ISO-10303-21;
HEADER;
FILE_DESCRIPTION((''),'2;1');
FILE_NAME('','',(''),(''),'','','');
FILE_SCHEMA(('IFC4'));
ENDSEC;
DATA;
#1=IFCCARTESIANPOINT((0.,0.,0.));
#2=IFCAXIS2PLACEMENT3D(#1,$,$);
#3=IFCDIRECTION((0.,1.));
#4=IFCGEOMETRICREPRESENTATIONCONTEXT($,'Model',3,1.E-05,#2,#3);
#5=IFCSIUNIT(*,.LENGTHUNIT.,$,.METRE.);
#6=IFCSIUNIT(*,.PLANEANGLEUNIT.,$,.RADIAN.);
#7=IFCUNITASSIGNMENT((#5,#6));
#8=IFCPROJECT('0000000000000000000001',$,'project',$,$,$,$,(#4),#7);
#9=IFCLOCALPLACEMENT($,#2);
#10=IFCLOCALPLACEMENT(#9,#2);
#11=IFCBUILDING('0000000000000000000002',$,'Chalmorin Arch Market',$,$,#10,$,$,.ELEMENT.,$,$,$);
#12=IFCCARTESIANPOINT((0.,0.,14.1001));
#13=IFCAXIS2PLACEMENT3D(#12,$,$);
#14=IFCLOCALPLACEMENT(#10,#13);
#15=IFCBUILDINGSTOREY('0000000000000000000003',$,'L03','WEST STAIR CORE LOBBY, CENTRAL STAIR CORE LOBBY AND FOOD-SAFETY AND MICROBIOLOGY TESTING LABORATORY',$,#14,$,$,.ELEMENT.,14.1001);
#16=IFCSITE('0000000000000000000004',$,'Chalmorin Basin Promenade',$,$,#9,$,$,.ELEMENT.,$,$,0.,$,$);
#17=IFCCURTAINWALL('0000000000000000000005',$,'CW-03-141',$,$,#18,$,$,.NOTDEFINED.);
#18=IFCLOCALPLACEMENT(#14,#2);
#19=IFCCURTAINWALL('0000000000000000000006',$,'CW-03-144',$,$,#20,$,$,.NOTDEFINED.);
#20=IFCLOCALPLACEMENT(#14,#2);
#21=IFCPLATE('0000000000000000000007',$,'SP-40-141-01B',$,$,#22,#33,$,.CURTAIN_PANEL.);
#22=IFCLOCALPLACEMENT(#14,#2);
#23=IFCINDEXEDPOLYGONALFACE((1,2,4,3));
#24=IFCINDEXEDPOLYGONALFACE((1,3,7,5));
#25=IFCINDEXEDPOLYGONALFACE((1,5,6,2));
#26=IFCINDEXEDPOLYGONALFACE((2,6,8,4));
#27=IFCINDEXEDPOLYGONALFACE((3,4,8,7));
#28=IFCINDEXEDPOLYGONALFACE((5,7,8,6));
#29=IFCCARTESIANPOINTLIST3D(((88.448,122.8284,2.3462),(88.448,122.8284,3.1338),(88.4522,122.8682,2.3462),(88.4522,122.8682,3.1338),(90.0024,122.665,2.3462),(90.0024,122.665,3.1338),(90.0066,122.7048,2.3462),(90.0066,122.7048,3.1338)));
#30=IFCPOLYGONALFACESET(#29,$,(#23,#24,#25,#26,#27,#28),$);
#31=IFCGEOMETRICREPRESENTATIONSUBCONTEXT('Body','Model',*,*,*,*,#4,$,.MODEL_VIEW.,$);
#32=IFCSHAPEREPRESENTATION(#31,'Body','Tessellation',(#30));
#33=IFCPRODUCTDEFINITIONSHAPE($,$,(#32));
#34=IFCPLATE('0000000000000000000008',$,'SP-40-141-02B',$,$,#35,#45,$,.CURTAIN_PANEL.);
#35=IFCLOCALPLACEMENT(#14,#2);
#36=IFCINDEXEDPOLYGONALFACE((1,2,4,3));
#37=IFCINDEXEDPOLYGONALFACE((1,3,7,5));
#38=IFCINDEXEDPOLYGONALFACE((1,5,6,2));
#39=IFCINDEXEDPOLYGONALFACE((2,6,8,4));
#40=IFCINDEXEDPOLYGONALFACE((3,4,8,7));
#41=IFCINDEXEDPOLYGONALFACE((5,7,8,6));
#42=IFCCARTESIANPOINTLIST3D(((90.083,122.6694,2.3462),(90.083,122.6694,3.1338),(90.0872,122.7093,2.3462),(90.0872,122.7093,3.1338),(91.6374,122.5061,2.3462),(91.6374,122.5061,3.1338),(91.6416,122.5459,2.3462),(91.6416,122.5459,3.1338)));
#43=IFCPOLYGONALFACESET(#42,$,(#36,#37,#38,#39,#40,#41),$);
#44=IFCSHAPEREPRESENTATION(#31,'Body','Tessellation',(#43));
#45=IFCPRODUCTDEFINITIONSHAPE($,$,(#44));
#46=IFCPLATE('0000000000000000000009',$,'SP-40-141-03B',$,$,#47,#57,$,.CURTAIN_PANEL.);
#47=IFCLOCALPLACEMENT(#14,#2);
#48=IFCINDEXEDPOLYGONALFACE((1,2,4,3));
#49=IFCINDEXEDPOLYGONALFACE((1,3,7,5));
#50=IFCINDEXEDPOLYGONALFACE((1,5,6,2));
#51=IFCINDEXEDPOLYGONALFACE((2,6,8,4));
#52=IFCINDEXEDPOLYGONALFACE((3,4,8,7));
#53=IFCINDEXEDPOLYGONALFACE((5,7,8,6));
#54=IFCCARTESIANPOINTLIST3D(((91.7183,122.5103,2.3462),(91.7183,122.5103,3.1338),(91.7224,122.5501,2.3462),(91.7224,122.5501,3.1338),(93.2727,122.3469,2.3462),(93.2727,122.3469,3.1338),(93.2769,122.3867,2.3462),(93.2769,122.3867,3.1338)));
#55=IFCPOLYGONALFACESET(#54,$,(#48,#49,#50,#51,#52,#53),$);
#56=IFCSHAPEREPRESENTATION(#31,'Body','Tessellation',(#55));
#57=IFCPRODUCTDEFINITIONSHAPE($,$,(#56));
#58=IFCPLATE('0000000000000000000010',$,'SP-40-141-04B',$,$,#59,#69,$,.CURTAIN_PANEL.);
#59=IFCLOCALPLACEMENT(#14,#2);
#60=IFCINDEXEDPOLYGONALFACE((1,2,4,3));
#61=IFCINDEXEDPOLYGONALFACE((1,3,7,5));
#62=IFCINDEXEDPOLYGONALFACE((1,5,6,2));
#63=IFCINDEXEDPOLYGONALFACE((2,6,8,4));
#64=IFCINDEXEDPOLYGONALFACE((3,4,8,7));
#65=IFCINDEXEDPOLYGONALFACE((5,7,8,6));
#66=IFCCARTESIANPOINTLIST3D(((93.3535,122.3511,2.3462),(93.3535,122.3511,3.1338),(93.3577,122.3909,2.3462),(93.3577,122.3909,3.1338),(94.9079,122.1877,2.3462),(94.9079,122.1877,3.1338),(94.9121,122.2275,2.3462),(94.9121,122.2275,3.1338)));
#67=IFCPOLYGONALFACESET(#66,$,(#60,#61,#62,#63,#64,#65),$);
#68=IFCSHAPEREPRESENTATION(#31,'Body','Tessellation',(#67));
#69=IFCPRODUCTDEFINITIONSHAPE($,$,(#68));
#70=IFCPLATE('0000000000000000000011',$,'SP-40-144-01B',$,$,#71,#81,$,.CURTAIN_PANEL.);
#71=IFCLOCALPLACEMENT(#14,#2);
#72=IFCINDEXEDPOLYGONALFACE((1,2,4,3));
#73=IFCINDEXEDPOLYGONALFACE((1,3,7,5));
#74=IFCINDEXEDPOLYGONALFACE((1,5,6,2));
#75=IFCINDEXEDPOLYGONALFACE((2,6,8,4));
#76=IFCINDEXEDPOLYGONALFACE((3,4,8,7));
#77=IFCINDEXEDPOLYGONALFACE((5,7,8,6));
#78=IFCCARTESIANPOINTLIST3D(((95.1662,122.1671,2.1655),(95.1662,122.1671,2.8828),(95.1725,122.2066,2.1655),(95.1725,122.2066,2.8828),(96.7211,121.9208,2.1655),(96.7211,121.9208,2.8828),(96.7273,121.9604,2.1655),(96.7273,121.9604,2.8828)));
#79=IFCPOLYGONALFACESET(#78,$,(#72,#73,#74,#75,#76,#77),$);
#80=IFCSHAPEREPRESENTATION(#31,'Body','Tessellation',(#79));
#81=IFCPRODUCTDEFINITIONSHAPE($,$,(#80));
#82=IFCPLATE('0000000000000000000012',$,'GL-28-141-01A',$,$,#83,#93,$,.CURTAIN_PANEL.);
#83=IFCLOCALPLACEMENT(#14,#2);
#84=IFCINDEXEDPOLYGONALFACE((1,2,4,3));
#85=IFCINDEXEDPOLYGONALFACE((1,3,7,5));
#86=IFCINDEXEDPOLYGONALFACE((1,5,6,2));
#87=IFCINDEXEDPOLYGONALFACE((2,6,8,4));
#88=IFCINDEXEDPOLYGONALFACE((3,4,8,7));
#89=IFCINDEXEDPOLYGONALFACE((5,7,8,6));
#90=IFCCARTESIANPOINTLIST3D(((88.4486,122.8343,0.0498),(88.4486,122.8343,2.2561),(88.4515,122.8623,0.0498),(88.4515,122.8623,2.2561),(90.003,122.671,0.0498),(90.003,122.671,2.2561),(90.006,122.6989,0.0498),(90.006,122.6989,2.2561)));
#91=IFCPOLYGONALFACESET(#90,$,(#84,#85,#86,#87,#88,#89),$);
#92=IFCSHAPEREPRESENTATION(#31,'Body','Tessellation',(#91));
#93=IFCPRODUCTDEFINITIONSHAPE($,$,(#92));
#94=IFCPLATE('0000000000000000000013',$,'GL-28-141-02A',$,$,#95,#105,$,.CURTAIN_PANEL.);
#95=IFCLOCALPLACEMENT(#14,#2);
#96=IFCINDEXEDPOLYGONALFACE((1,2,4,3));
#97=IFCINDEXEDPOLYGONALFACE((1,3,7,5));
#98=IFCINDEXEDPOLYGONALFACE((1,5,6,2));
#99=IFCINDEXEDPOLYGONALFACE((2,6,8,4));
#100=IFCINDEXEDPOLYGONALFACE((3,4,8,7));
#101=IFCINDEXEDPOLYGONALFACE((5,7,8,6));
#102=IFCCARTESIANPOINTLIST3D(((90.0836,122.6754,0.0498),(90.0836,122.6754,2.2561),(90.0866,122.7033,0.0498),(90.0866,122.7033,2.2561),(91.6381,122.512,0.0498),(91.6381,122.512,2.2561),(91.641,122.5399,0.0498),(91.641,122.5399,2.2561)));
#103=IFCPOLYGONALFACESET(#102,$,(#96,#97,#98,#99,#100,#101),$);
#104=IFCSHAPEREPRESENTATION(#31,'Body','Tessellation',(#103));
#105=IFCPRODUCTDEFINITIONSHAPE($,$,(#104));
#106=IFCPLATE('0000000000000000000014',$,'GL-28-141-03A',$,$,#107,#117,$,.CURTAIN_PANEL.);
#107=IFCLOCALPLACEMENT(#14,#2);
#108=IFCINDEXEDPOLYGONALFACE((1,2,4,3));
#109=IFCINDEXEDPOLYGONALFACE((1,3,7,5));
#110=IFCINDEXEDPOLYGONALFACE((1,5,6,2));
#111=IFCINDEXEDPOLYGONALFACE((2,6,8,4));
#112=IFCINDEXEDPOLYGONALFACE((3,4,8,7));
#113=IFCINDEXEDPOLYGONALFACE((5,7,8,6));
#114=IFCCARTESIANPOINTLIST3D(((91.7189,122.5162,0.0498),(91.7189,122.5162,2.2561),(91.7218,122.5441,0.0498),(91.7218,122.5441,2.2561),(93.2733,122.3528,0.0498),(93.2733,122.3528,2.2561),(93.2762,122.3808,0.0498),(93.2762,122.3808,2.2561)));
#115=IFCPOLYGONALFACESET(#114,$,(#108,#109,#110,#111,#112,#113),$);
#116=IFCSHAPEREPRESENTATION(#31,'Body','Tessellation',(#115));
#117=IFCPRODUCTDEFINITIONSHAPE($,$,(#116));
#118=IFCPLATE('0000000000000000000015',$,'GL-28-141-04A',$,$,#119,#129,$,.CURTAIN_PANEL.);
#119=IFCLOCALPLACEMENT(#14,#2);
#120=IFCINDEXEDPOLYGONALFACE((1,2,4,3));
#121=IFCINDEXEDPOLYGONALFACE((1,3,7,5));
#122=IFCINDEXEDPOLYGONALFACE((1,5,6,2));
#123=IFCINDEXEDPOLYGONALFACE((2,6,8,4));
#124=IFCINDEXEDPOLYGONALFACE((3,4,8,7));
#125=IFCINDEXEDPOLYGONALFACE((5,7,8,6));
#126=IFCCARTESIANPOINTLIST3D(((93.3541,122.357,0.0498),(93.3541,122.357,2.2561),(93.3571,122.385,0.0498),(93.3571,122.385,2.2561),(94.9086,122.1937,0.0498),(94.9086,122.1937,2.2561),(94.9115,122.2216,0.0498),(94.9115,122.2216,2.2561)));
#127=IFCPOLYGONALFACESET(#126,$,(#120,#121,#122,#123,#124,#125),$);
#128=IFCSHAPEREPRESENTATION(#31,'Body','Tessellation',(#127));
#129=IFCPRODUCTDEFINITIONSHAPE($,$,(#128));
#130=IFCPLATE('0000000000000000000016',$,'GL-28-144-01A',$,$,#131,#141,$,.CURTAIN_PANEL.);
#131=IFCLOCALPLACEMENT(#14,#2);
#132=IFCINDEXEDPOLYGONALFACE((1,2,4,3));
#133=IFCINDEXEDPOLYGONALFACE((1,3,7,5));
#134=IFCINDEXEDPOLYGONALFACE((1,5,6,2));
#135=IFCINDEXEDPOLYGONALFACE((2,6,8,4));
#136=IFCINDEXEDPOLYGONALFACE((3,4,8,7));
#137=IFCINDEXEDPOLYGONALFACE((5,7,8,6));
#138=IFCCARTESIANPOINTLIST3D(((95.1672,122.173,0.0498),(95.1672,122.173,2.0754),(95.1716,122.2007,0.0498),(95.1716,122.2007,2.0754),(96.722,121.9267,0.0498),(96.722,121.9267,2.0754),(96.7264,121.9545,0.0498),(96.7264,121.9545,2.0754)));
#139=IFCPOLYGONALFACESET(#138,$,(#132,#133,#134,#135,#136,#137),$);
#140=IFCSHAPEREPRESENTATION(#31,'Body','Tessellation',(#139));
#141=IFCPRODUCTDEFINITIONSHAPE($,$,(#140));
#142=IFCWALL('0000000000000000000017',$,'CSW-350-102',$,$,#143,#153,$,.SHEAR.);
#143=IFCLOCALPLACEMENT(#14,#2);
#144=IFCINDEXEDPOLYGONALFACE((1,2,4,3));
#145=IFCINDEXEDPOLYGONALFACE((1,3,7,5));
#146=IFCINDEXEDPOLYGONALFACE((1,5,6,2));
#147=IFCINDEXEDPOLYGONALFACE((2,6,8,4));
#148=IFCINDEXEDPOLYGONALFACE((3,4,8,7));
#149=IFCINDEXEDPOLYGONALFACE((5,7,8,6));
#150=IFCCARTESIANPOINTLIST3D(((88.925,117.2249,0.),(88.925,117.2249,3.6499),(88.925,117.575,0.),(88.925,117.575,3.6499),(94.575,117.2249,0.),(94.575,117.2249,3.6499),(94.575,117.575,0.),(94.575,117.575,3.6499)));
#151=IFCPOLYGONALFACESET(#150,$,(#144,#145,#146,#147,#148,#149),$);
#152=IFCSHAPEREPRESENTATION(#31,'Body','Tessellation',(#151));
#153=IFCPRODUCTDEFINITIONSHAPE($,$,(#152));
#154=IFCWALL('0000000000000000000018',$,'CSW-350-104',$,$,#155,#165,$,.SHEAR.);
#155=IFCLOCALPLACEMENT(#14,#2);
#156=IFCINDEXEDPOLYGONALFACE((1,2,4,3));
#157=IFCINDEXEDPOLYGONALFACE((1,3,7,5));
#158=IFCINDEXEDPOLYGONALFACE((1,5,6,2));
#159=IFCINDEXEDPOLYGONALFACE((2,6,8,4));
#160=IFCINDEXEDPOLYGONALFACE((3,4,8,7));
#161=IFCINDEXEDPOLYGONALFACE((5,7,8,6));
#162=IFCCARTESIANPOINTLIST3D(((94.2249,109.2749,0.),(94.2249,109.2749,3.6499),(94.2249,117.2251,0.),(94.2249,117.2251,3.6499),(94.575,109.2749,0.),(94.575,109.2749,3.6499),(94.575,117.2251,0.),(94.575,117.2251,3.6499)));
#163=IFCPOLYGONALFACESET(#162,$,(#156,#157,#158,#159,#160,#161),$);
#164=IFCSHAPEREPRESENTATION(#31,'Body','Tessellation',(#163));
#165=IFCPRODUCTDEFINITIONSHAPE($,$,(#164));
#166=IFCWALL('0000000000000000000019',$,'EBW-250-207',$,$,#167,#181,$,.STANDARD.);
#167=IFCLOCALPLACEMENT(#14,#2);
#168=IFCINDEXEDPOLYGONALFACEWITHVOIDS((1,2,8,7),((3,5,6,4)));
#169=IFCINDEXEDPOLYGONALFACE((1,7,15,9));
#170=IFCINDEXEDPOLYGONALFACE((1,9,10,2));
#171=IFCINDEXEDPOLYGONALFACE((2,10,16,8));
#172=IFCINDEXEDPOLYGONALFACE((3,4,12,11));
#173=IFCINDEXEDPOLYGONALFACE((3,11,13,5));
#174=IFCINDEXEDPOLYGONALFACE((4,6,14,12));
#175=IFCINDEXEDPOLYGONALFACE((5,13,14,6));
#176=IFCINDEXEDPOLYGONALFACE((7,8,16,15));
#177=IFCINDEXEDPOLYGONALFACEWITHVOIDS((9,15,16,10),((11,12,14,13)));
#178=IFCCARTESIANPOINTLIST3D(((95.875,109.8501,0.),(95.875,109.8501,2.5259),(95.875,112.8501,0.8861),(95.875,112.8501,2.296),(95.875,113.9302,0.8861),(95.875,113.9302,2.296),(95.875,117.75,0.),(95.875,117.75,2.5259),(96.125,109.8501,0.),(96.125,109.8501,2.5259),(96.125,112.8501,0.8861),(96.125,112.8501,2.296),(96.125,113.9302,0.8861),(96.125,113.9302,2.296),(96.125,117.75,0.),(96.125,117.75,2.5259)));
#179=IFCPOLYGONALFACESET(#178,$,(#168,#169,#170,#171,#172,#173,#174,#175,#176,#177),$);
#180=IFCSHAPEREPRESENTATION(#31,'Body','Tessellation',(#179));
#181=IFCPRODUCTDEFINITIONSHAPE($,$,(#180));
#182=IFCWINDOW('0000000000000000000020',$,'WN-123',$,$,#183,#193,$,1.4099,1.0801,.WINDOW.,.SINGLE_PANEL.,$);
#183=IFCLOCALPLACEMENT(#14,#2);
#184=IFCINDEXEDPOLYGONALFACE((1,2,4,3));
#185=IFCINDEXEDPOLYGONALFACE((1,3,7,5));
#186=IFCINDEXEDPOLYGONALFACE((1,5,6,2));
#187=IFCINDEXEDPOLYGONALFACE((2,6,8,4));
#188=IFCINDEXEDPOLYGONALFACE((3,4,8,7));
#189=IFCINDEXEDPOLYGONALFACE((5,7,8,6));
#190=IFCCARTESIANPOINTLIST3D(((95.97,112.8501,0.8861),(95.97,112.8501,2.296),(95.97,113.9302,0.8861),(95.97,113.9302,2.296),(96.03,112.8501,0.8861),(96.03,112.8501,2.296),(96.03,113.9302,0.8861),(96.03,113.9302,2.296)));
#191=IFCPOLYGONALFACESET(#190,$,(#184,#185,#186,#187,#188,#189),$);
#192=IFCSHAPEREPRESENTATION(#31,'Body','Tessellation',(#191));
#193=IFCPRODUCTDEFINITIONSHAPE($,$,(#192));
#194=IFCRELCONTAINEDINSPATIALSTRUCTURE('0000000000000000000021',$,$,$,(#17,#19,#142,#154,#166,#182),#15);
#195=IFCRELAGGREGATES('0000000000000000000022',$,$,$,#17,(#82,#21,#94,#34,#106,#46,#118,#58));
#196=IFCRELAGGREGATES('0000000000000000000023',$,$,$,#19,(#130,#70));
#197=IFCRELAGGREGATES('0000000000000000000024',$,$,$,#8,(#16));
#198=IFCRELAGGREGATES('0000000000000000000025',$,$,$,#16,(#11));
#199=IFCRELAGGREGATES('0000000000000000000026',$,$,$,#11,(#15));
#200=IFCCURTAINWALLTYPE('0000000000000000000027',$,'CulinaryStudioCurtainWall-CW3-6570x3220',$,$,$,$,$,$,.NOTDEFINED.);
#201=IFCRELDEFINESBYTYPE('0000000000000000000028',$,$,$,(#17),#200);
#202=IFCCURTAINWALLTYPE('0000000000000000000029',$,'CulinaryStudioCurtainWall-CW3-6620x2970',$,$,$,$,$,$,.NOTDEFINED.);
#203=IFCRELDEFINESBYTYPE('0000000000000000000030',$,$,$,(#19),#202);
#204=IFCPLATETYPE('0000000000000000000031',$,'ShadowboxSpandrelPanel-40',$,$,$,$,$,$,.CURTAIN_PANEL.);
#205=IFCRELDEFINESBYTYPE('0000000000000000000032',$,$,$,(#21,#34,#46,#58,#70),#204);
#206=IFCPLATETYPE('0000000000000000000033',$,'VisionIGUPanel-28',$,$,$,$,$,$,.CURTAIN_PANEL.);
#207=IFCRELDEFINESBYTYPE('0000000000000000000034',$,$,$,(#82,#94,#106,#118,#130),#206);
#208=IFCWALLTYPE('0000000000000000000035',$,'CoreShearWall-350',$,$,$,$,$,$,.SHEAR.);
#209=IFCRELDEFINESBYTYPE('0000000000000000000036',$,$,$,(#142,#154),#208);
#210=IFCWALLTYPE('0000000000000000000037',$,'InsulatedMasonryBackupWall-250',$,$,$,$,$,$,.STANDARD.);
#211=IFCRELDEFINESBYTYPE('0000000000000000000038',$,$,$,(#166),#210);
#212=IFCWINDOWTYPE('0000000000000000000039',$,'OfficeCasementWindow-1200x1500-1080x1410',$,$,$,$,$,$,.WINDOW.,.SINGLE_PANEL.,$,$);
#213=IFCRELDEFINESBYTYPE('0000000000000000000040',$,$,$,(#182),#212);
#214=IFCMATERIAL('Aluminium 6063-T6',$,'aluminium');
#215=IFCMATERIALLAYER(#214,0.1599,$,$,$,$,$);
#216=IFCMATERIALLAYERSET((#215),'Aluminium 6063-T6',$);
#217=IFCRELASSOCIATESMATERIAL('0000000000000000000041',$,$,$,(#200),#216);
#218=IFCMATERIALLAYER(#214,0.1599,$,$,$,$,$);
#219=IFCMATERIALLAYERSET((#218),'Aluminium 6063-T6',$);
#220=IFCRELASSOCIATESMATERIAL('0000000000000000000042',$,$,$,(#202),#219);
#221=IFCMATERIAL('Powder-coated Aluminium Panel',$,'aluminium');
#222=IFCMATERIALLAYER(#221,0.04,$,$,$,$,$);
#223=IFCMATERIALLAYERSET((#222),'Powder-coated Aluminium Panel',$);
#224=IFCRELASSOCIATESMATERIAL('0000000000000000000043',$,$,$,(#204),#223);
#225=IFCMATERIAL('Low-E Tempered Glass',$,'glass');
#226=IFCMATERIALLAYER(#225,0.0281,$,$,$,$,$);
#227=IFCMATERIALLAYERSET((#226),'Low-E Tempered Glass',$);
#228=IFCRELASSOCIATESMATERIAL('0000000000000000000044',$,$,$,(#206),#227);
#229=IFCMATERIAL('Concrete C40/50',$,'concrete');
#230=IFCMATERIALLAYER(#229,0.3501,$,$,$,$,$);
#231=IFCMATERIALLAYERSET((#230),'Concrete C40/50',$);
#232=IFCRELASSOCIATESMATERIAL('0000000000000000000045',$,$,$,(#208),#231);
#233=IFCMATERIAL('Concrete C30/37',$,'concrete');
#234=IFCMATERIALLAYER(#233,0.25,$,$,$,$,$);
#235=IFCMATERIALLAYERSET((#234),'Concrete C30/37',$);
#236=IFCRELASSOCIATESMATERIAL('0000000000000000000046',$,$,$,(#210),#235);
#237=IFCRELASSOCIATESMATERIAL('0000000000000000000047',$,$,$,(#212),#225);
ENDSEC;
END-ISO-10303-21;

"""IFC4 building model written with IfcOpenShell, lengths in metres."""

from ifc_helpers import new_model, si_unit, direction, frame, frame_2d, origin, origin_2d, place, context, subcontext, project, spatial, rectangle, extrude, material, layer, layer_set, type_object, element, fill, aggregate, save


model = new_model("IFC4")

# Units and contexts
model_context = context("Model", 3, precision=1e-05, world=origin(), true_north=direction((0.0, 1.0)))
body_context = subcontext(model_context, "Body", "Model", "MODEL_VIEW")
ifc_project = project(units=[si_unit("LENGTHUNIT", "METRE"), si_unit("PLANEANGLEUNIT", "RADIAN")], contexts=[model_context])

# Site, building, storey
site_placement = place(None, origin())
site = spatial("IfcSite", under=ifc_project, at=site_placement, Name="Chalmorin Basin Promenade", CompositionType="ELEMENT", RefElevation=0.0)
building_placement = place(site_placement, origin())
building = spatial("IfcBuilding", under=site, at=building_placement, Name="Chalmorin Arch Market", CompositionType="ELEMENT")
storey_placement = place(building_placement, frame((0.0, 0.0, 14.1001)))
storey = spatial("IfcBuildingStorey", under=building, at=storey_placement, Name="L03", Description="WEST STAIR CORE LOBBY, CENTRAL STAIR CORE LOBBY AND FOOD-SAFETY AND MICROBIOLOGY TESTING LABORATORY", CompositionType="ELEMENT", Elevation=14.1001)

# Shared definitions
ifc_material_1 = material(Name="Concrete C40/50", Category="concrete")

# Curtain walls
ifc_material_2 = material(Name="Aluminium 6063-T6", Category="aluminium")
ifc_layer_1 = layer(ifc_material_2, 0.1599)
ifc_layer_set_1 = layer_set([ifc_layer_1], Name="Aluminium 6063-T6")
curtain_wall_type_1 = type_object("IfcCurtainWallType", Name="CulinaryStudioCurtainWall-CW3-6570x3220", PredefinedType="NOTDEFINED", material=ifc_layer_set_1)
curtain_wall_1_placement = place(storey_placement, origin())
curtain_wall_1 = element("IfcCurtainWall", 1, at=curtain_wall_1_placement, inside=storey, type_object=curtain_wall_type_1, Name="CW-03-141", PredefinedType="NOTDEFINED")
ifc_layer_2 = layer(ifc_material_2, 0.1599)
ifc_layer_set_2 = layer_set([ifc_layer_2], Name="Aluminium 6063-T6")
curtain_wall_type_2 = type_object("IfcCurtainWallType", Name="CulinaryStudioCurtainWall-CW3-6620x2970", PredefinedType="NOTDEFINED", material=ifc_layer_set_2)
curtain_wall_2_placement = place(storey_placement, origin())
curtain_wall_2 = element("IfcCurtainWall", 2, at=curtain_wall_2_placement, inside=storey, type_object=curtain_wall_type_2, Name="CW-03-144", PredefinedType="NOTDEFINED")

# Plates
ifc_material_3 = material(Name="Powder-coated Aluminium Panel", Category="aluminium")
ifc_layer_3 = layer(ifc_material_3, 0.04)
ifc_layer_set_3 = layer_set([ifc_layer_3], Name="Powder-coated Aluminium Panel")
plate_type_1 = type_object("IfcPlateType", Name="ShadowboxSpandrelPanel-40", PredefinedType="CURTAIN_PANEL", material=ifc_layer_set_3)
plate_1_placement = place(storey_placement, frame((89.2273, 122.7666, 2.3462), z_axis=(0.0, 0.0, 1.0), x_axis=(0.994522, -0.104528, 0.0)))
plate_1 = element("IfcPlate", 3, at=plate_1_placement, type_object=plate_type_1, Name="SP-40-141-01B", PredefinedType="CURTAIN_PANEL", context=body_context, shape_type="SweptSolid", body=[
    extrude(rectangle(XDim=1.563, YDim=0.04, at=origin_2d()), origin(), (0.0, 0.0, 1.0), 0.7876),
])
plate_2_placement = place(storey_placement, frame((90.8623, 122.6077, 2.3462), z_axis=(0.0, 0.0, 1.0), x_axis=(0.994522, -0.104528, 0.0)))
plate_2 = element("IfcPlate", 4, at=plate_2_placement, type_object=plate_type_1, Name="SP-40-141-02B", PredefinedType="CURTAIN_PANEL", context=body_context, shape_type="SweptSolid", body=[
    extrude(rectangle(XDim=1.563, YDim=0.04, at=origin_2d()), origin(), (0.0, 0.0, 1.0), 0.7876),
])
plate_3_placement = place(storey_placement, frame((92.4976, 122.4485, 2.3462), z_axis=(0.0, 0.0, 1.0), x_axis=(0.994522, -0.104528, 0.0)))
plate_3 = element("IfcPlate", 5, at=plate_3_placement, type_object=plate_type_1, Name="SP-40-141-03B", PredefinedType="CURTAIN_PANEL", context=body_context, shape_type="SweptSolid", body=[
    extrude(rectangle(XDim=1.563, YDim=0.04, at=origin_2d()), origin(), (0.0, 0.0, 1.0), 0.7876),
])
plate_4_placement = place(storey_placement, frame((94.1328, 122.2893, 2.3462), z_axis=(0.0, 0.0, 1.0), x_axis=(0.994522, -0.104528, 0.0)))
plate_4 = element("IfcPlate", 6, at=plate_4_placement, type_object=plate_type_1, Name="SP-40-141-04B", PredefinedType="CURTAIN_PANEL", context=body_context, shape_type="SweptSolid", body=[
    extrude(rectangle(XDim=1.563, YDim=0.04, at=origin_2d()), origin(), (0.0, 0.0, 1.0), 0.7876),
])
plate_5_placement = place(storey_placement, frame((95.9468, 122.0637, 2.1655), z_axis=(0.0, 0.0, 1.0), x_axis=(0.987688, -0.156434, 0.0)))
plate_5 = element("IfcPlate", 7, at=plate_5_placement, type_object=plate_type_1, Name="SP-40-144-01B", PredefinedType="CURTAIN_PANEL", context=body_context, shape_type="SweptSolid", body=[
    extrude(rectangle(XDim=1.5742, YDim=0.04, at=origin_2d()), origin(), (0.0, 0.0, 1.0), 0.7173),
])
ifc_material_4 = material(Name="Low-E Tempered Glass", Category="glass")
ifc_layer_4 = layer(ifc_material_4, 0.0281)
ifc_layer_set_4 = layer_set([ifc_layer_4], Name="Low-E Tempered Glass")
plate_type_2 = type_object("IfcPlateType", Name="VisionIGUPanel-28", PredefinedType="CURTAIN_PANEL", material=ifc_layer_set_4)
plate_6_placement = place(storey_placement, frame((89.2273, 122.7666, 0.0498), z_axis=(0.0, 0.0, 1.0), x_axis=(0.994522, -0.104528, 0.0)))
plate_6 = element("IfcPlate", 8, at=plate_6_placement, type_object=plate_type_2, Name="GL-28-141-01A", PredefinedType="CURTAIN_PANEL", context=body_context, shape_type="SweptSolid", body=[
    extrude(rectangle(XDim=1.563, YDim=0.0281, at=origin_2d()), origin(), (0.0, 0.0, 1.0), 2.2063),
])
plate_7_placement = place(storey_placement, frame((90.8623, 122.6077, 0.0498), z_axis=(0.0, 0.0, 1.0), x_axis=(0.994522, -0.104528, 0.0)))
plate_7 = element("IfcPlate", 9, at=plate_7_placement, type_object=plate_type_2, Name="GL-28-141-02A", PredefinedType="CURTAIN_PANEL", context=body_context, shape_type="SweptSolid", body=[
    extrude(rectangle(XDim=1.563, YDim=0.0281, at=origin_2d()), origin(), (0.0, 0.0, 1.0), 2.2063),
])
plate_8_placement = place(storey_placement, frame((92.4976, 122.4485, 0.0498), z_axis=(0.0, 0.0, 1.0), x_axis=(0.994522, -0.104528, 0.0)))
plate_8 = element("IfcPlate", 10, at=plate_8_placement, type_object=plate_type_2, Name="GL-28-141-03A", PredefinedType="CURTAIN_PANEL", context=body_context, shape_type="SweptSolid", body=[
    extrude(rectangle(XDim=1.563, YDim=0.0281, at=origin_2d()), origin(), (0.0, 0.0, 1.0), 2.2063),
])
plate_9_placement = place(storey_placement, frame((94.1328, 122.2893, 0.0498), z_axis=(0.0, 0.0, 1.0), x_axis=(0.994522, -0.104528, 0.0)))
plate_9 = element("IfcPlate", 11, at=plate_9_placement, type_object=plate_type_2, Name="GL-28-141-04A", PredefinedType="CURTAIN_PANEL", context=body_context, shape_type="SweptSolid", body=[
    extrude(rectangle(XDim=1.563, YDim=0.0281, at=origin_2d()), origin(), (0.0, 0.0, 1.0), 2.2063),
])
aggregate(curtain_wall_1, [plate_6, plate_1, plate_7, plate_2, plate_8, plate_3, plate_9, plate_4])
plate_10_placement = place(storey_placement, frame((95.9468, 122.0637, 0.0498), z_axis=(0.0, 0.0, 1.0), x_axis=(0.987688, -0.156434, 0.0)))
plate_10 = element("IfcPlate", 12, at=plate_10_placement, type_object=plate_type_2, Name="GL-28-144-01A", PredefinedType="CURTAIN_PANEL", context=body_context, shape_type="SweptSolid", body=[
    extrude(rectangle(XDim=1.5742, YDim=0.0281, at=origin_2d()), origin(), (0.0, 0.0, 1.0), 2.0256),
])
aggregate(curtain_wall_2, [plate_10, plate_5])

# Walls
ifc_layer_5 = layer(ifc_material_1, 0.3501)
ifc_layer_set_5 = layer_set([ifc_layer_5], Name="Concrete C40/50")
wall_type_1 = type_object("IfcWallType", Name="CoreShearWall-350", PredefinedType="SHEAR", material=ifc_layer_set_5)
wall_1_placement = place(storey_placement, frame((88.925, 117.3999, 0.0), z_axis=(0.0, 0.0, 1.0), x_axis=(1.0, 0.0, 0.0)))
element("IfcWall", 13, at=wall_1_placement, inside=storey, type_object=wall_type_1, Name="CSW-350-102", PredefinedType="SHEAR", context=body_context, shape_type="SweptSolid", body=[
    extrude(rectangle(XDim=5.6499, YDim=0.3501, at=frame_2d((2.825, 0.0))), origin(), (0.0, 0.0, 1.0), 3.6499),
])
wall_2_placement = place(storey_placement, frame((94.3999, 117.2251, 0.0), z_axis=(0.0, 0.0, 1.0), x_axis=(0.0, -1.0, 0.0)))
element("IfcWall", 14, at=wall_2_placement, inside=storey, type_object=wall_type_1, Name="CSW-350-104", PredefinedType="SHEAR", context=body_context, shape_type="SweptSolid", body=[
    extrude(rectangle(XDim=7.9502, YDim=0.3501, at=frame_2d((3.9751, 0.0))), origin(), (0.0, 0.0, 1.0), 3.6499),
])

# Wall, opening, window
ifc_material_5 = material(Name="Concrete C30/37", Category="concrete")
ifc_layer_6 = layer(ifc_material_5, 0.25)
ifc_layer_set_6 = layer_set([ifc_layer_6], Name="Concrete C30/37")
wall_type_2 = type_object("IfcWallType", Name="InsulatedMasonryBackupWall-250", PredefinedType="STANDARD", material=ifc_layer_set_6)
wall_3_placement = place(storey_placement, frame((96.0, 109.8501, 0.0), z_axis=(0.0, 0.0, 1.0), x_axis=(0.0, 1.0, 0.0)))
wall_3 = element("IfcWall", 15, at=wall_3_placement, inside=storey, type_object=wall_type_2, Name="EBW-250-207", PredefinedType="STANDARD", context=body_context, shape_type="SweptSolid", body=[
    extrude(rectangle(XDim=7.8999, YDim=0.25, at=frame_2d((3.95, 0.0))), origin(), (0.0, 0.0, 1.0), 2.5259),
])
opening_placement = place(wall_3_placement, frame((3.0, 0.0, 0.886)))
opening = element("IfcOpeningElement", 16, at=opening_placement, cuts=wall_3, PredefinedType="OPENING", context=body_context, shape_type="SweptSolid", body=[
    extrude(rectangle(XDim=1.0801, YDim=1.4099, at=frame_2d((0.54, 0.7051))), frame((0.0, 0.135, 0.0), z_axis=(0.0, -1.0, 0.0), x_axis=(1.0, 0.0, 0.0)), (0.0, 0.0, 1.0), 0.27),
])
window_type = type_object("IfcWindowType", Name="OfficeCasementWindow-1200x1500-1080x1410", PartitioningType="SINGLE_PANEL", PredefinedType="WINDOW", material=ifc_material_4)
window_placement = place(opening_placement, origin())
window = element("IfcWindow", 17, at=window_placement, inside=storey, type_object=window_type, Name="WN-123", OverallHeight=1.4099, OverallWidth=1.0801, PartitioningType="SINGLE_PANEL", PredefinedType="WINDOW", context=body_context, shape_type="SweptSolid", body=[
    extrude(rectangle(XDim=1.0801, YDim=1.4099, at=frame_2d((0.54, 0.7051))), frame((0.0, 0.03, 0.0), z_axis=(0.0, -1.0, 0.0), x_axis=(1.0, 0.0, 0.0)), (0.0, 0.0, 1.0), 0.0601),
])
fill(opening, window)

save(model, "model.ifc")
